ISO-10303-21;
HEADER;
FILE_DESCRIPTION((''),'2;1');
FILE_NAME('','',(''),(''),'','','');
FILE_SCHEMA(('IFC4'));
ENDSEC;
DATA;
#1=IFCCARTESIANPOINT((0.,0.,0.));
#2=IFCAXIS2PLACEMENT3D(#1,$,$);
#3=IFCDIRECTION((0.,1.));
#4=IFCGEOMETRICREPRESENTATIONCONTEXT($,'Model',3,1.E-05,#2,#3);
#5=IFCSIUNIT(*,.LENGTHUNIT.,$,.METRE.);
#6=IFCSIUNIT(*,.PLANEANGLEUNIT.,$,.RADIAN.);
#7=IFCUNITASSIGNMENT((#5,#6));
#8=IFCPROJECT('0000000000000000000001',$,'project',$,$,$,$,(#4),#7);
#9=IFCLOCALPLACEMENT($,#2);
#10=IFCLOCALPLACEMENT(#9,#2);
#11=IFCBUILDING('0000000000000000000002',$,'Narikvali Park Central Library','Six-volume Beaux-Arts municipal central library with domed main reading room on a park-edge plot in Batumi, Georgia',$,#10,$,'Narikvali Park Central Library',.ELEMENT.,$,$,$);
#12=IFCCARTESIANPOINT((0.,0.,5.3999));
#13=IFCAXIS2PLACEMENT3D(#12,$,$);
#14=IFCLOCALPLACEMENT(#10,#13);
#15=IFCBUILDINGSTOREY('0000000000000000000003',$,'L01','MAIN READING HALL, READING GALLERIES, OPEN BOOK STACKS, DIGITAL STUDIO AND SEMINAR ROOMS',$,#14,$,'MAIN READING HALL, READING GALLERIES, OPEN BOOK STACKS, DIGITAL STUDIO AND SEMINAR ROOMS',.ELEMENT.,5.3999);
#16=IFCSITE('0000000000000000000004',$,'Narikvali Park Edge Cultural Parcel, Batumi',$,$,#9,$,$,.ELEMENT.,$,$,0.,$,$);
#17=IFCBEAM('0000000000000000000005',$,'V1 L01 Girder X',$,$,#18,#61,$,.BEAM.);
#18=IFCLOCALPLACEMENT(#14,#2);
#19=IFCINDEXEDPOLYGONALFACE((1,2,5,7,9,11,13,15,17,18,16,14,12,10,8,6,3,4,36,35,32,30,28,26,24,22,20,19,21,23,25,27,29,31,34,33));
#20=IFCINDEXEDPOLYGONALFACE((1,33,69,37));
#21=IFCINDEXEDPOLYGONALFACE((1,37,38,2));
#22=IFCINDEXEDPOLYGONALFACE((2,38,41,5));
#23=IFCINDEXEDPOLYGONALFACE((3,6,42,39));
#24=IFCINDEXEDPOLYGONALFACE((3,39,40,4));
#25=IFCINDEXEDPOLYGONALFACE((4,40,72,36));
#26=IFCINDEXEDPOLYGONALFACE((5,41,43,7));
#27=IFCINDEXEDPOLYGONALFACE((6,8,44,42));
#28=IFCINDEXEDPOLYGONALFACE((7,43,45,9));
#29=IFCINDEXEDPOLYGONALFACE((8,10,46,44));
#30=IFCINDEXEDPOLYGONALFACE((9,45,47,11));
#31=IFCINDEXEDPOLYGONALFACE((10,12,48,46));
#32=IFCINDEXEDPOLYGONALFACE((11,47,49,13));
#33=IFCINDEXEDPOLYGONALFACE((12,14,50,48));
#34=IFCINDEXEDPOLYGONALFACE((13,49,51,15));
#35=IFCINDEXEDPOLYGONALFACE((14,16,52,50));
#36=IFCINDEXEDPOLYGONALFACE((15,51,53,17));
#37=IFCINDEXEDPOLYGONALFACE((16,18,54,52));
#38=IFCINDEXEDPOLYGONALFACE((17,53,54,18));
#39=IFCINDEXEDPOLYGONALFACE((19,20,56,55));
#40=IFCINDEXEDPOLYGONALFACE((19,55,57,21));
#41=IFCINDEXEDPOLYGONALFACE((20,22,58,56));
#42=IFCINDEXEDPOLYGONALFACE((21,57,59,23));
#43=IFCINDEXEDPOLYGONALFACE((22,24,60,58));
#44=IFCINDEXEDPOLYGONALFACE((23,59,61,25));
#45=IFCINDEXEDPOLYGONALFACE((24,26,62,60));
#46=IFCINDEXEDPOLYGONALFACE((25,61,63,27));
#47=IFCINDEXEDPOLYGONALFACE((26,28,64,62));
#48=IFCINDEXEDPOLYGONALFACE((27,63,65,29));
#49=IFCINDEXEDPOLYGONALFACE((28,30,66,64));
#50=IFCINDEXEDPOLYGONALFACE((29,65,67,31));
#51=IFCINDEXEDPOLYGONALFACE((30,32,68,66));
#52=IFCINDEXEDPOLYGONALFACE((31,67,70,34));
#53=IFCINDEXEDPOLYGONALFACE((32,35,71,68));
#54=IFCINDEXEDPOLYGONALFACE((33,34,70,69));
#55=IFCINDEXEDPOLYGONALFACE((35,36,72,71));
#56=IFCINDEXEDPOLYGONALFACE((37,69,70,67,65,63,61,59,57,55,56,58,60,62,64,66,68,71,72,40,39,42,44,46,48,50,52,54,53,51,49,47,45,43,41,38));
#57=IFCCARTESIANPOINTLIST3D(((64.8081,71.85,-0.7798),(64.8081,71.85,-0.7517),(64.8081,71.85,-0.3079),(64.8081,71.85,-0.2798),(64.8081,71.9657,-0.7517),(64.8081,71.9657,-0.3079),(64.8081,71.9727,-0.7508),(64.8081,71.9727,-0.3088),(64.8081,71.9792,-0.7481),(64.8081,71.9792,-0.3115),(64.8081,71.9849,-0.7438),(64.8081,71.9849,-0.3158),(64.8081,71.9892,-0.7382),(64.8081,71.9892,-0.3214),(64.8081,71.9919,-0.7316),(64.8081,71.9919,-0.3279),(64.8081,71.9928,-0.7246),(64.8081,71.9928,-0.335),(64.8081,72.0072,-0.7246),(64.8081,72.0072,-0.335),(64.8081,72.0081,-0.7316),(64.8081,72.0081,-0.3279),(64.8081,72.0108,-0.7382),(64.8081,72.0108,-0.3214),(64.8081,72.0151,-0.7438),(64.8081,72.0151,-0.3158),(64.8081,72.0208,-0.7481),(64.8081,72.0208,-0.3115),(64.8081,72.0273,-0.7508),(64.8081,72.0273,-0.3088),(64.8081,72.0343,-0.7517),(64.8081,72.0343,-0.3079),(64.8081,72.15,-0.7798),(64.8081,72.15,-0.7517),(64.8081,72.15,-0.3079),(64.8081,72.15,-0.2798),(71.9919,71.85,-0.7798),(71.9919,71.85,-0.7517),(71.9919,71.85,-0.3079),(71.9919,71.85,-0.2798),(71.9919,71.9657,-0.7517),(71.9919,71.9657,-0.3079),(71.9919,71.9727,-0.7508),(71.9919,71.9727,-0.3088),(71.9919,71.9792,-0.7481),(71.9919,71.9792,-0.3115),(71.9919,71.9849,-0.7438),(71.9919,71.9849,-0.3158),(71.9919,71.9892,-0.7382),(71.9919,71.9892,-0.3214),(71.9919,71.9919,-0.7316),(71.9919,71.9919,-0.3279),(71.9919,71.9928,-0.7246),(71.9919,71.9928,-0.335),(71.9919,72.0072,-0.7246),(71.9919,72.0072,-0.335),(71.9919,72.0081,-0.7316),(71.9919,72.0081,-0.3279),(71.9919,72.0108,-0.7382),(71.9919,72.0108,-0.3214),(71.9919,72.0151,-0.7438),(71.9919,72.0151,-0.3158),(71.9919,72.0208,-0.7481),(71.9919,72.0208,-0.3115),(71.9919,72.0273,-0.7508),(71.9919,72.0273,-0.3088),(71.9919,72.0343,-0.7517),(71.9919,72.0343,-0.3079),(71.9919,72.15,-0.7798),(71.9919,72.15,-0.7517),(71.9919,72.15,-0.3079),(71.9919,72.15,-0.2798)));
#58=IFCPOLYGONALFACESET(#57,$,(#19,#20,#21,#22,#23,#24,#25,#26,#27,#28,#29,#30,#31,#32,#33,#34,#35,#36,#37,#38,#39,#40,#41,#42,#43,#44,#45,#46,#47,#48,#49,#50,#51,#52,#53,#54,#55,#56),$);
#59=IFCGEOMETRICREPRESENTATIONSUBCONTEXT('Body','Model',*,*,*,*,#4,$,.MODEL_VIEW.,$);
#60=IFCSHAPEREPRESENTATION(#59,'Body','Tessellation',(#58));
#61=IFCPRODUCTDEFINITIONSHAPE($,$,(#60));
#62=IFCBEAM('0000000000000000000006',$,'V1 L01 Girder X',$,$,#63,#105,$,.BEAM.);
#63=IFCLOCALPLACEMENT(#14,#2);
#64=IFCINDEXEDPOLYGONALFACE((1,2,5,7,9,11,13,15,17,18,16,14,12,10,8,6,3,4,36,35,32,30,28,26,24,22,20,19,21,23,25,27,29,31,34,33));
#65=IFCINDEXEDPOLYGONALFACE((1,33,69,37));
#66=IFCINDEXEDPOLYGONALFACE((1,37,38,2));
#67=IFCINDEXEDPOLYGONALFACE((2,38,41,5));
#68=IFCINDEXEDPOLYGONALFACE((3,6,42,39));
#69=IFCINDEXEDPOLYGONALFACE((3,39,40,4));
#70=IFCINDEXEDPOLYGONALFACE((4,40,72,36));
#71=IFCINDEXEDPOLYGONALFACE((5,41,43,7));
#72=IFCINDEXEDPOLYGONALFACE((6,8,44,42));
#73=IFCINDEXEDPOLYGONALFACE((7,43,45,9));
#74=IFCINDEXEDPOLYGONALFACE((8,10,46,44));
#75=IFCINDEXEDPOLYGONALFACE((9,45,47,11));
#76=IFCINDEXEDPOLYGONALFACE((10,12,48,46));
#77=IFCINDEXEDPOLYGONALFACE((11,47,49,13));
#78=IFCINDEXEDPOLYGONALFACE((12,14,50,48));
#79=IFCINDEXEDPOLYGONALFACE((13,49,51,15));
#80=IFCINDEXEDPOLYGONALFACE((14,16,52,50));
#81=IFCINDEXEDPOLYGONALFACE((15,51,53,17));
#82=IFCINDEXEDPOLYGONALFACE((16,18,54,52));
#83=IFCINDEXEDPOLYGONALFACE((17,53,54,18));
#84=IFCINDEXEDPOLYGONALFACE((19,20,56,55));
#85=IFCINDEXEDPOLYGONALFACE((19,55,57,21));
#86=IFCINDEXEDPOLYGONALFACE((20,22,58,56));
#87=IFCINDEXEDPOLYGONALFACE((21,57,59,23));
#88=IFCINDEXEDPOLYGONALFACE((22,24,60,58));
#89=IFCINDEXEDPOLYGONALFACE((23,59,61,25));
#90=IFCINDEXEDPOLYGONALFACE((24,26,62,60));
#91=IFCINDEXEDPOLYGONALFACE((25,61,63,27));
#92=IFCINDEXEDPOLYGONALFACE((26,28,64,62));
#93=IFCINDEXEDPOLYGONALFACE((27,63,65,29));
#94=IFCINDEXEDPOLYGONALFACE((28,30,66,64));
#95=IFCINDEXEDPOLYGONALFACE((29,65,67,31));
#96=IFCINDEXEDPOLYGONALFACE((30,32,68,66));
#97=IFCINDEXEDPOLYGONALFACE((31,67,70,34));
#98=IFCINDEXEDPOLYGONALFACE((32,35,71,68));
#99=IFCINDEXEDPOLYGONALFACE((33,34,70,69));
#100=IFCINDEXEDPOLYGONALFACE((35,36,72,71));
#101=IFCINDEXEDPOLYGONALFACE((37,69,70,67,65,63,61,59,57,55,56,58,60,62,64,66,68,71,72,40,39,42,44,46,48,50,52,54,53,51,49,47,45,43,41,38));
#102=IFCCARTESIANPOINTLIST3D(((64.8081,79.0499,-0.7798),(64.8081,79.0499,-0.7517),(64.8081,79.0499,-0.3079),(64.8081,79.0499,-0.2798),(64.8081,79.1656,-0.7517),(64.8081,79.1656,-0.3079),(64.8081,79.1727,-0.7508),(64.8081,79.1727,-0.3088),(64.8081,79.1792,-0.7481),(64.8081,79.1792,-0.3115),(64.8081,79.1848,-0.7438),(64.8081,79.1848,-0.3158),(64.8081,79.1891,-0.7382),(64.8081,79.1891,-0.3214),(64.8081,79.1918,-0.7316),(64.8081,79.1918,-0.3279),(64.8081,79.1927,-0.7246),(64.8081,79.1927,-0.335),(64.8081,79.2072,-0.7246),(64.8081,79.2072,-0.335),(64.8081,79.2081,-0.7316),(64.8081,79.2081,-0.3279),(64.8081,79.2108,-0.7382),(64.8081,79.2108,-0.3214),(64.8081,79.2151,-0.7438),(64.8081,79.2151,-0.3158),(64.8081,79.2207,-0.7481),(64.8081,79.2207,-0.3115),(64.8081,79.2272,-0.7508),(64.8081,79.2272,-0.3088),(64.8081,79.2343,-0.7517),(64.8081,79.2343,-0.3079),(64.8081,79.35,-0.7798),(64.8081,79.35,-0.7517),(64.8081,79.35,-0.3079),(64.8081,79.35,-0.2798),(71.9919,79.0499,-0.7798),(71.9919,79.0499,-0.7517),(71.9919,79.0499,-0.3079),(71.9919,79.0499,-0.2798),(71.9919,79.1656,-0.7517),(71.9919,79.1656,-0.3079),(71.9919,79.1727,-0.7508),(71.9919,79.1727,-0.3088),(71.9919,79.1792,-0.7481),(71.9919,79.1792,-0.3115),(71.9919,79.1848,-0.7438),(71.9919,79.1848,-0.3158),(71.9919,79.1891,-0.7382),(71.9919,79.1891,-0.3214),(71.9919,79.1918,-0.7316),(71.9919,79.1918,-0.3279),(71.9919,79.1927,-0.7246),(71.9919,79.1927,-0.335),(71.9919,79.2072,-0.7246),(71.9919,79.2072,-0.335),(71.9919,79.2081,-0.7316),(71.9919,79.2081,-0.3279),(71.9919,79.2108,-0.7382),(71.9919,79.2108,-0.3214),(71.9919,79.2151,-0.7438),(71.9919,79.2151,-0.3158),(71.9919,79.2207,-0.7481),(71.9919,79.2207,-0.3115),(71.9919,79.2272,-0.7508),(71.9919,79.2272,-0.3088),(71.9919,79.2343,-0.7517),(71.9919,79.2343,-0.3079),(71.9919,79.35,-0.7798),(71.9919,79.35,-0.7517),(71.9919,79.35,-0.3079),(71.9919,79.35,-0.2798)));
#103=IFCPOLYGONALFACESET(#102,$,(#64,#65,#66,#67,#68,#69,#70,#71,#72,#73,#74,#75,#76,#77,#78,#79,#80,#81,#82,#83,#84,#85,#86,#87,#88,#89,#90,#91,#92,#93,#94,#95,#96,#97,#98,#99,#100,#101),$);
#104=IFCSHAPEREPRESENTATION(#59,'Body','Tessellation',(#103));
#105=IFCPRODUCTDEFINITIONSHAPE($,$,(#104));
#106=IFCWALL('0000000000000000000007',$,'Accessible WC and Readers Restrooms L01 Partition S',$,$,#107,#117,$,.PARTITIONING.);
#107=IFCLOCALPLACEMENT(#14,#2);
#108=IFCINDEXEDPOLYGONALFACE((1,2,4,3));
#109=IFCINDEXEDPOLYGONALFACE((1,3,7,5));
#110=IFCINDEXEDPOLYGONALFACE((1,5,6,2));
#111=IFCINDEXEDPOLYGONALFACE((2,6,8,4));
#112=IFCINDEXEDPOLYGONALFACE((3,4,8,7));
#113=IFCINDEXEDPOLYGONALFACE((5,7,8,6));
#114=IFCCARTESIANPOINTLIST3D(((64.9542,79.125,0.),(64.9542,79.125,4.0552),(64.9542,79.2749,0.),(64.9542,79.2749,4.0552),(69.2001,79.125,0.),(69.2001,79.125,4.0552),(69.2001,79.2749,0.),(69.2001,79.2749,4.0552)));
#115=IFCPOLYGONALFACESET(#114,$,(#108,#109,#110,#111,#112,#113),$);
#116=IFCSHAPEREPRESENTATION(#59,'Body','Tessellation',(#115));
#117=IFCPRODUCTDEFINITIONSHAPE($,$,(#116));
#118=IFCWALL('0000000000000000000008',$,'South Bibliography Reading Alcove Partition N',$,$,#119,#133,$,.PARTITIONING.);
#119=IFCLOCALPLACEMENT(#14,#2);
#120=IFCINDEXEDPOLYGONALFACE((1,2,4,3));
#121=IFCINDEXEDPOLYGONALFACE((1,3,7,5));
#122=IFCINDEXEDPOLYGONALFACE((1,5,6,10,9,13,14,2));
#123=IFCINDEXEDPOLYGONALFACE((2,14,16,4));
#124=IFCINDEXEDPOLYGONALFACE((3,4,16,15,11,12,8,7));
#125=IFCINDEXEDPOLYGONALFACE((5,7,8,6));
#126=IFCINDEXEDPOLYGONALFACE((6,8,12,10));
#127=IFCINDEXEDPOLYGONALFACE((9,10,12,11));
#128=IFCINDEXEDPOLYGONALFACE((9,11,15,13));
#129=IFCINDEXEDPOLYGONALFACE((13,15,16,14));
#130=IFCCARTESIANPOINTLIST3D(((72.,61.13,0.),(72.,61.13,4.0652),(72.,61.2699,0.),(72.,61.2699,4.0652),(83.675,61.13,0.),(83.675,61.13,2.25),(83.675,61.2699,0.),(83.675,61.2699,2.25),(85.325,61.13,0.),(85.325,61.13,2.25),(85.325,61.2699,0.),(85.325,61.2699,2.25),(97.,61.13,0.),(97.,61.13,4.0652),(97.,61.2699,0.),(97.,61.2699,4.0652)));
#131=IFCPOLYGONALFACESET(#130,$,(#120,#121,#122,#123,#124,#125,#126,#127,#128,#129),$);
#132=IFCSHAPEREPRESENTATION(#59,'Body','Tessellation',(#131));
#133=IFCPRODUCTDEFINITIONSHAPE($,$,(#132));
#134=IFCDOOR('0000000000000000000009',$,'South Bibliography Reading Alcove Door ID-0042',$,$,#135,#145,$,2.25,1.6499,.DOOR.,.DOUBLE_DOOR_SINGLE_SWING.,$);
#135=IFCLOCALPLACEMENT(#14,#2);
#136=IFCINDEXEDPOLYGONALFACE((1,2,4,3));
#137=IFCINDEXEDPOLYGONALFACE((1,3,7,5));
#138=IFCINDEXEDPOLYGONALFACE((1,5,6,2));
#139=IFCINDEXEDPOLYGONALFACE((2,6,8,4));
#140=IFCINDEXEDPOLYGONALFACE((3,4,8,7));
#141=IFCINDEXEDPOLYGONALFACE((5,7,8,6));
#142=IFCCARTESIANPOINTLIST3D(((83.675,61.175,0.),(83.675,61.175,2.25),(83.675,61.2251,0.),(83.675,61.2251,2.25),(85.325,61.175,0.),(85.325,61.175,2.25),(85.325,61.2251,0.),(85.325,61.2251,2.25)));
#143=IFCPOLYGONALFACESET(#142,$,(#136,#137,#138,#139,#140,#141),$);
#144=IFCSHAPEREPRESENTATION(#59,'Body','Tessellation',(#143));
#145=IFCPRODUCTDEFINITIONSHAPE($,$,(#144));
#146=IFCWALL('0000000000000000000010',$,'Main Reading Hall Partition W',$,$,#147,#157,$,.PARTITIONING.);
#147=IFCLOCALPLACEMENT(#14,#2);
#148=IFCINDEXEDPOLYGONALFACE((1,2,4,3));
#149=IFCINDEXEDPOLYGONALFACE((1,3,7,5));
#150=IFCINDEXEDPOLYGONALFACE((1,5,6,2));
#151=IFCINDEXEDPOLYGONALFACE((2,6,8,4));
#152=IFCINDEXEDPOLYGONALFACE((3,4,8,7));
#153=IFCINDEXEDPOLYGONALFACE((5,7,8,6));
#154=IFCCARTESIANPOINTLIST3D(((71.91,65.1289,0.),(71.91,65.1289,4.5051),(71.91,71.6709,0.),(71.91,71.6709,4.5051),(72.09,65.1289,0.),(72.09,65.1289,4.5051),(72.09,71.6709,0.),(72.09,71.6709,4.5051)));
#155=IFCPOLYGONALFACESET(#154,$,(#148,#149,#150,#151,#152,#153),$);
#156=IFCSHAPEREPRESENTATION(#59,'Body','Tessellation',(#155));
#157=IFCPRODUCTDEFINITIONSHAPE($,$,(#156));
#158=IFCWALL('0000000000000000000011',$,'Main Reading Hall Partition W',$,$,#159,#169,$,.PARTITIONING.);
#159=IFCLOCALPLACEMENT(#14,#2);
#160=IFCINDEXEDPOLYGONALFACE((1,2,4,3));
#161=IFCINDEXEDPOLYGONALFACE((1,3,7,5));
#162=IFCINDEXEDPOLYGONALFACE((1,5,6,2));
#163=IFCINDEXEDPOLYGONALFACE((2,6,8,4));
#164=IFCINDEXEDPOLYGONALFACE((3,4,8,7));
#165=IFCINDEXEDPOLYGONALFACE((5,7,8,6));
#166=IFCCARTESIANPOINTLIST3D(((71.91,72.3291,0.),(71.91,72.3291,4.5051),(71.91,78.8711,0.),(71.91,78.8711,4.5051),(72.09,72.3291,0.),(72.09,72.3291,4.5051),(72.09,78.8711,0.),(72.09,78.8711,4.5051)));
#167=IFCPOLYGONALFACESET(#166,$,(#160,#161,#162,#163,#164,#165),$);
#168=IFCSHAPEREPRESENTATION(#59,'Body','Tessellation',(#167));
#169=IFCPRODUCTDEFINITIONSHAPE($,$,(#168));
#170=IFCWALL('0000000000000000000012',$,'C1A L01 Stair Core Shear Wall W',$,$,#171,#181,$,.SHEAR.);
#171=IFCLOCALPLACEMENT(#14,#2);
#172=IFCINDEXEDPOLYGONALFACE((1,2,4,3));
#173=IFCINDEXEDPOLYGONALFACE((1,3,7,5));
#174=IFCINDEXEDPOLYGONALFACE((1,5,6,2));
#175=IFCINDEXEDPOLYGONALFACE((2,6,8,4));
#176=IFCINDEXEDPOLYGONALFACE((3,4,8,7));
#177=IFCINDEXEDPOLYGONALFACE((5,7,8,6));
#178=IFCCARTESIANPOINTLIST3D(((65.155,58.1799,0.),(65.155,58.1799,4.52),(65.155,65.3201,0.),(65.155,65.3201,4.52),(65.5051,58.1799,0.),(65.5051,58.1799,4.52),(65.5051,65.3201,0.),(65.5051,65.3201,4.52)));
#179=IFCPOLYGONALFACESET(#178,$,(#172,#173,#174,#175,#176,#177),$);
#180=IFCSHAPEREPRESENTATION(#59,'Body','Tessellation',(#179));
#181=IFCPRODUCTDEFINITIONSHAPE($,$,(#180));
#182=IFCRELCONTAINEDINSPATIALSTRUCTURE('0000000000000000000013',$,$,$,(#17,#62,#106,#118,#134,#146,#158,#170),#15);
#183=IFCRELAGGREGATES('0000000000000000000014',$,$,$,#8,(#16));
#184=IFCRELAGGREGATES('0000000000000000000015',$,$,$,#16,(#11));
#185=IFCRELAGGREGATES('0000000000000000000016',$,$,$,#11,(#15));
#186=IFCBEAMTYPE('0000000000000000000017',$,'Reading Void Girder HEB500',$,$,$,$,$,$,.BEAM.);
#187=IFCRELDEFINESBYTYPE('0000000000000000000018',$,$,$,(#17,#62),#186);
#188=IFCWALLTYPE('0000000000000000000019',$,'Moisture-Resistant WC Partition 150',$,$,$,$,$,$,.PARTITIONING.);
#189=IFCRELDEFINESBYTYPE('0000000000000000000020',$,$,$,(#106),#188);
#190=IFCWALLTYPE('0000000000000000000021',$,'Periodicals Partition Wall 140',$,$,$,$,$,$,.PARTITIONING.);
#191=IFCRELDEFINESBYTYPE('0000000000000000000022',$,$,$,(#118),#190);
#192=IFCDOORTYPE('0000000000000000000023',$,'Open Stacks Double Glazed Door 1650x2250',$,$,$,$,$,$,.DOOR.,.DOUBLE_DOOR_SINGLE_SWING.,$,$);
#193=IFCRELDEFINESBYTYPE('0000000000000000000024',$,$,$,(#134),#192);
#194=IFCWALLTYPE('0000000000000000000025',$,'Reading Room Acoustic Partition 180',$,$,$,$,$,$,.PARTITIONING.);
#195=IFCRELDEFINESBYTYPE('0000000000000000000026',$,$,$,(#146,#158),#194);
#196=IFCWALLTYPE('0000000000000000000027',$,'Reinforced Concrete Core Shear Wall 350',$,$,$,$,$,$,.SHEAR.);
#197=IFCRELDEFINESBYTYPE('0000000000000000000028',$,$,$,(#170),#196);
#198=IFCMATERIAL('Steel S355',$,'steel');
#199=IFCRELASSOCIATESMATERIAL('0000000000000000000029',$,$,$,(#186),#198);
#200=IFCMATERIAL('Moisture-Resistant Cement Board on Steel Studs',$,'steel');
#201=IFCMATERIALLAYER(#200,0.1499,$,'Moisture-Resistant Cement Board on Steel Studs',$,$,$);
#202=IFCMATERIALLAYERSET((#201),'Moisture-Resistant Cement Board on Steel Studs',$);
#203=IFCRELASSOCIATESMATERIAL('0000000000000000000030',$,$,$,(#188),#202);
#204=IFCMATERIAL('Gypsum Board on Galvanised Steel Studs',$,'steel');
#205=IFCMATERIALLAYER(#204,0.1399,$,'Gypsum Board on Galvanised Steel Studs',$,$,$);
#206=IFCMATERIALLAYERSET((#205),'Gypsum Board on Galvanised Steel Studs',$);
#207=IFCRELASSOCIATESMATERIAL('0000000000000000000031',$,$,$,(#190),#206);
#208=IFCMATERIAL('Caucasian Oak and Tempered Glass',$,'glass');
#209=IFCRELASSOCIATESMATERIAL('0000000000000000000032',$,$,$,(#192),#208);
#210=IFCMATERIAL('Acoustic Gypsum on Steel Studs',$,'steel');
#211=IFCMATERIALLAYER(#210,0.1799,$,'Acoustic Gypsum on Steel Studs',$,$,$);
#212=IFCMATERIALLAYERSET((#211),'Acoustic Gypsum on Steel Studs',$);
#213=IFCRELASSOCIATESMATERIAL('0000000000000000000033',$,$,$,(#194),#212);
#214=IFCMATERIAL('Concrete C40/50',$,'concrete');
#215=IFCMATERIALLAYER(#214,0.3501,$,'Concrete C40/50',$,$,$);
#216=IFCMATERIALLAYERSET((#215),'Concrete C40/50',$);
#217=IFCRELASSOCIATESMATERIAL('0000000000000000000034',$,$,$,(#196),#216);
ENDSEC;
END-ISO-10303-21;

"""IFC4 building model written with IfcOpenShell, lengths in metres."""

from ifc_helpers import new_model, si_unit, direction, frame, frame_2d, origin, origin_2d, place, context, subcontext, project, spatial, rectangle, i_section, extrude, material, layer, layer_set, material_profile, profile_set, type_object, element, fill, save


model = new_model("IFC4")

# Units and contexts
model_context = context("Model", 3, precision=1e-05, world=origin(), true_north=direction((0.0, 1.0)))
body_context = subcontext(model_context, "Body", "Model", "MODEL_VIEW")
ifc_project = project(units=[si_unit("LENGTHUNIT", "METRE"), si_unit("PLANEANGLEUNIT", "RADIAN")], contexts=[model_context])

# Site, building, storey
site_placement = place(None, origin())
site = spatial("IfcSite", under=ifc_project, at=site_placement, Name="Narikvali Park Edge Cultural Parcel, Batumi", CompositionType="ELEMENT", RefElevation=0.0)
building_placement = place(site_placement, origin())
building = spatial("IfcBuilding", under=site, at=building_placement, Name="Narikvali Park Central Library", Description="Six-volume Beaux-Arts municipal central library with domed main reading room on a park-edge plot in Batumi, Georgia", LongName="Narikvali Park Central Library", CompositionType="ELEMENT")
storey_placement = place(building_placement, frame((0.0, 0.0, 5.3999)))
storey = spatial("IfcBuildingStorey", under=building, at=storey_placement, Name="L01", Description="MAIN READING HALL, READING GALLERIES, OPEN BOOK STACKS, DIGITAL STUDIO AND SEMINAR ROOMS", LongName="MAIN READING HALL, READING GALLERIES, OPEN BOOK STACKS, DIGITAL STUDIO AND SEMINAR ROOMS", CompositionType="ELEMENT", Elevation=5.3999)

# Shared definitions
ifc_material_1 = material(Name="Steel S355", Category="steel")

# Beams
ifc_material_profile_1 = material_profile(ifc_material_1, i_section(OverallWidth=0.3, OverallDepth=0.5, WebThickness=0.0144, FlangeThickness=0.0281, FilletRadius=0.0271, at=origin_2d()), Name="HEB 500")
ifc_profile_set_1 = profile_set([ifc_material_profile_1], Name="Steel S355")
beam_type_1 = type_object("IfcBeamType", Name="Reading Void Girder HEB500", PredefinedType="BEAM", material=ifc_profile_set_1)
for number, where, z_axis, x_axis, name in (
    (1, (64.8081, 72.0, -0.5298), (1.0, 0.0, 0.0), (0.0, 1.0, 0.0), "V1 L01 Girder X"),
    (2, (64.8081, 79.2, -0.5298), (1.0, 0.0, 0.0), (0.0, 1.0, 0.0), "V1 L01 Girder X"),
):
    element("IfcBeam", number, at=place(storey_placement, frame(where, z_axis=z_axis, x_axis=x_axis)), inside=storey, type_object=beam_type_1, Name=name, PredefinedType="BEAM", context=body_context, shape_type="SweptSolid", body=[
        extrude(i_section(OverallWidth=0.3, OverallDepth=0.5, WebThickness=0.0144, FlangeThickness=0.0281, FilletRadius=0.0271, at=origin_2d()), origin(), (0.0, 0.0, 1.0), 7.1838),
    ])

# Wall
ifc_material_2 = material(Name="Moisture-Resistant Cement Board on Steel Studs", Category="steel")
ifc_layer_1 = layer(ifc_material_2, 0.1499, Name="Moisture-Resistant Cement Board on Steel Studs")
ifc_layer_set_1 = layer_set([ifc_layer_1], Name="Moisture-Resistant Cement Board on Steel Studs")
wall_type_1 = type_object("IfcWallType", Name="Moisture-Resistant WC Partition 150", PredefinedType="PARTITIONING", material=ifc_layer_set_1)
wall_1_placement = place(storey_placement, frame((64.9541, 79.2, 0.0), z_axis=(0.0, 0.0, 1.0), x_axis=(1.0, 0.0, 0.0)))
element("IfcWall", 3, at=wall_1_placement, inside=storey, type_object=wall_type_1, Name="Accessible WC and Readers Restrooms L01 Partition S", PredefinedType="PARTITIONING", context=body_context, shape_type="SweptSolid", body=[
    extrude(rectangle(XDim=4.2458, YDim=0.1499, at=frame_2d((2.123, 0.0))), origin(), (0.0, 0.0, 1.0), 4.0552),
])

# Wall, opening, door
ifc_material_3 = material(Name="Gypsum Board on Galvanised Steel Studs", Category="steel")
ifc_layer_2 = layer(ifc_material_3, 0.1399, Name="Gypsum Board on Galvanised Steel Studs")
ifc_layer_set_2 = layer_set([ifc_layer_2], Name="Gypsum Board on Galvanised Steel Studs")
wall_type_2 = type_object("IfcWallType", Name="Periodicals Partition Wall 140", PredefinedType="PARTITIONING", material=ifc_layer_set_2)
wall_2_placement = place(storey_placement, frame((72.0, 61.2, 0.0), z_axis=(0.0, 0.0, 1.0), x_axis=(1.0, 0.0, 0.0)))
wall_2 = element("IfcWall", 4, at=wall_2_placement, inside=storey, type_object=wall_type_2, Name="South Bibliography Reading Alcove Partition N", PredefinedType="PARTITIONING", context=body_context, shape_type="SweptSolid", body=[
    extrude(rectangle(XDim=25.0, YDim=0.1399, at=frame_2d((12.5, 0.0))), origin(), (0.0, 0.0, 1.0), 4.0652),
])
opening_1_placement = place(wall_2_placement, frame((11.675, 0.0, 0.0)))
opening_1 = element("IfcOpeningElement", 5, at=opening_1_placement, cuts=wall_2, PredefinedType="OPENING", context=body_context, shape_type="SweptSolid", body=[
    extrude(rectangle(XDim=1.6499, YDim=2.25, at=frame_2d((0.825, 1.125))), frame((0.0, 0.082, 0.0), z_axis=(0.0, -1.0, 0.0), x_axis=(1.0, 0.0, 0.0)), (0.0, 0.0, 1.0), 0.1638),
])
ifc_material_4 = material(Name="Caucasian Oak and Tempered Glass", Category="glass")
door_type_1 = type_object("IfcDoorType", Name="Open Stacks Double Glazed Door 1650x2250", OperationType="DOUBLE_DOOR_SINGLE_SWING", PredefinedType="DOOR", material=ifc_material_4)
door_1_placement = place(opening_1_placement, frame((1.6499, 0.0, 0.0), z_axis=(0.0, 0.0, 1.0), x_axis=(-1.0, 0.0, 0.0)))
door_1 = element("IfcDoor", 6, at=door_1_placement, inside=storey, type_object=door_type_1, Name="South Bibliography Reading Alcove Door ID-0042", OperationType="DOUBLE_DOOR_SINGLE_SWING", OverallHeight=2.25, OverallWidth=1.6499, PredefinedType="DOOR", context=body_context, shape_type="SweptSolid", body=[
    extrude(rectangle(XDim=1.6499, YDim=2.25, at=frame_2d((0.825, 1.125))), frame((0.0, 0.0249, 0.0), z_axis=(0.0, -1.0, 0.0), x_axis=(1.0, 0.0, 0.0)), (0.0, 0.0, 1.0), 0.05),
])
fill(opening_1, door_1)

# Walls
ifc_material_5 = material(Name="Acoustic Gypsum on Steel Studs", Category="steel")
ifc_layer_3 = layer(ifc_material_5, 0.1799, Name="Acoustic Gypsum on Steel Studs")
ifc_layer_set_3 = layer_set([ifc_layer_3], Name="Acoustic Gypsum on Steel Studs")
wall_type_3 = type_object("IfcWallType", Name="Reading Room Acoustic Partition 180", PredefinedType="PARTITIONING", material=ifc_layer_set_3)
for number, where, z_axis, x_axis, name in (
    (7, (72.0, 65.1289, 0.0), (0.0, 0.0, 1.0), (0.0, 1.0, 0.0), "Main Reading Hall Partition W"),
    (8, (72.0, 72.3291, 0.0), (0.0, 0.0, 1.0), (0.0, 1.0, 0.0), "Main Reading Hall Partition W"),
):
    element("IfcWall", number, at=place(storey_placement, frame(where, z_axis=z_axis, x_axis=x_axis)), inside=storey, type_object=wall_type_3, Name=name, PredefinedType="PARTITIONING", context=body_context, shape_type="SweptSolid", body=[
        extrude(rectangle(XDim=6.542, YDim=0.1799, at=frame_2d((3.271, 0.0))), origin(), (0.0, 0.0, 1.0), 4.5051),
    ])

# Shared definitions
ifc_material_6 = material(Name="Concrete C40/50", Category="concrete")
ifc_layer_4 = layer(ifc_material_6, 0.3501, Name="Concrete C40/50")
ifc_layer_set_4 = layer_set([ifc_layer_4], Name="Concrete C40/50")
wall_type_4 = type_object("IfcWallType", Name="Reinforced Concrete Core Shear Wall 350", PredefinedType="SHEAR", material=ifc_layer_set_4)

# Wall
wall_3_placement = place(storey_placement, frame((65.3301, 65.3201, 0.0), z_axis=(0.0, 0.0, 1.0), x_axis=(0.0, -1.0, 0.0)))
element("IfcWall", 9, at=wall_3_placement, inside=storey, type_object=wall_type_4, Name="C1A L01 Stair Core Shear Wall W", PredefinedType="SHEAR", context=body_context, shape_type="SweptSolid", body=[
    extrude(rectangle(XDim=7.1401, YDim=0.3501, at=frame_2d((3.5701, 0.0))), origin(), (0.0, 0.0, 1.0), 4.52),
])

save(model, "model.ifc")
